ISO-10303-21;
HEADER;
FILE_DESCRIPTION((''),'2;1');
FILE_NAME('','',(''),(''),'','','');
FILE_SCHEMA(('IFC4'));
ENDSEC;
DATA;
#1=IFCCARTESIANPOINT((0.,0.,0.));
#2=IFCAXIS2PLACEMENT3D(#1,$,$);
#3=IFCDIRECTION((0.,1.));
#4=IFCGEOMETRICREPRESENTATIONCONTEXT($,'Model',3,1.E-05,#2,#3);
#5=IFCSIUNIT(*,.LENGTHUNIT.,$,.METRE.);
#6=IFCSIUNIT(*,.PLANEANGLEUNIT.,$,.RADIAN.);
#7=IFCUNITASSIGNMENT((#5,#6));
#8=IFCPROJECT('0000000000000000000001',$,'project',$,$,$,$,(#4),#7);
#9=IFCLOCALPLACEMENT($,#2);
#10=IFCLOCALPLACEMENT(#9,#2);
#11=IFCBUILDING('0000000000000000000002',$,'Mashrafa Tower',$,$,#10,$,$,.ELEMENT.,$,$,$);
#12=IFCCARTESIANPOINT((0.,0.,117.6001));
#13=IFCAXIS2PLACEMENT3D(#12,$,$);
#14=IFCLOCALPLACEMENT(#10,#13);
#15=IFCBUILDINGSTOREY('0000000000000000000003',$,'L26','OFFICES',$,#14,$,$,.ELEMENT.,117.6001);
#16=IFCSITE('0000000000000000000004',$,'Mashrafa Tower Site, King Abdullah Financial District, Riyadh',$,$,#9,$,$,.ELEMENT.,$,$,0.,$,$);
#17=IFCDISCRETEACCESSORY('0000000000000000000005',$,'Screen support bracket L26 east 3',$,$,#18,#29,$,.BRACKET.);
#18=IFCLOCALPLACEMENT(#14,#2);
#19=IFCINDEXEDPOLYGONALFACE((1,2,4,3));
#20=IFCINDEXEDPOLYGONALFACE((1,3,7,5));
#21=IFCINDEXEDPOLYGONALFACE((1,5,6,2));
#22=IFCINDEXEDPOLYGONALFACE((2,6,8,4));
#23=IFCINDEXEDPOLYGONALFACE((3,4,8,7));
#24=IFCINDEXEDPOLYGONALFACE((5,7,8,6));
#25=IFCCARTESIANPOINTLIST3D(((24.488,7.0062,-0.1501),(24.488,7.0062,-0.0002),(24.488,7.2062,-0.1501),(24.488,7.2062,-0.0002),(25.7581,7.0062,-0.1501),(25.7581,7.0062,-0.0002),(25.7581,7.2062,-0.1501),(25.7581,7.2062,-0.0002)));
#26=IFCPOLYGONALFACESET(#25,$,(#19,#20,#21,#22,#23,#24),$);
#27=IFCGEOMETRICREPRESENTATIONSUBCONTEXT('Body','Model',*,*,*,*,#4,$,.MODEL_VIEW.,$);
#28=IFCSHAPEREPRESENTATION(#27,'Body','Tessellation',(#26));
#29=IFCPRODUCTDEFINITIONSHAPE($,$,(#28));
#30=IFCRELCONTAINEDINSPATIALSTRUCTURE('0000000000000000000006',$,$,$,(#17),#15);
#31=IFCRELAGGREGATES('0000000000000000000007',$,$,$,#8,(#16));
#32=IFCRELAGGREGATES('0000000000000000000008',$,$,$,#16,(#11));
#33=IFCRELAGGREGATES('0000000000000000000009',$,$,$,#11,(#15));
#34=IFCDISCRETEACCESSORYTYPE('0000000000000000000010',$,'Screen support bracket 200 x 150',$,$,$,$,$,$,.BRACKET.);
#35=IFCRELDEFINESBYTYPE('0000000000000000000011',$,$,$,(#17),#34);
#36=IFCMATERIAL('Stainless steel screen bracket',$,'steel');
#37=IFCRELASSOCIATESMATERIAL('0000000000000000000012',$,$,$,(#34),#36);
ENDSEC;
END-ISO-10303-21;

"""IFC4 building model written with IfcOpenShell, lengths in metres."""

from ifc_helpers import new_model, si_unit, direction, frame, origin, origin_2d, place, context, subcontext, project, spatial, rectangle, extrude, source, transform, mapped, material, type_object, type_shapes, element, save


model = new_model("IFC4")

# Units and contexts
model_context = context("Model", 3, precision=1e-05, world=origin(), true_north=direction((0.0, 1.0)))
body_context = subcontext(model_context, "Body", "Model", "MODEL_VIEW")
ifc_project = project(units=[si_unit("LENGTHUNIT", "METRE"), si_unit("PLANEANGLEUNIT", "RADIAN")], contexts=[model_context])

# Site, building, storey
site_placement = place(None, origin())
site = spatial("IfcSite", under=ifc_project, at=site_placement, Name="Mashrafa Tower Site, King Abdullah Financial District, Riyadh", CompositionType="ELEMENT", RefElevation=0.0)
building_placement = place(site_placement, origin())
building = spatial("IfcBuilding", under=site, at=building_placement, Name="Mashrafa Tower", CompositionType="ELEMENT")
storey_placement = place(building_placement, frame((0.0, 0.0, 117.6001)))
storey = spatial("IfcBuildingStorey", under=building, at=storey_placement, Name="L26", Description="OFFICES", CompositionType="ELEMENT", Elevation=117.6001)

# Discrete accessory
ifc_material_1 = material(Name="Stainless steel screen bracket", Category="steel")
discrete_accessory_type = type_object("IfcDiscreteAccessoryType", Name="Screen support bracket 200 x 150", PredefinedType="BRACKET", material=ifc_material_1)
shared_shape_1 = source(origin(), body_context, "Body", "SweptSolid", [
    extrude(rectangle(XDim=0.2, YDim=1.27, at=origin_2d()), origin(), (0.0, 0.0, 1.0), 0.1499),
])
type_shapes(discrete_accessory_type, [shared_shape_1])
for number, where, z_axis, x_axis, name in (
    (1, (25.123, 7.1062, -0.1501), (0.0, 0.0, 1.0), (0.0, 1.0, 0.0), "Screen support bracket L26 east 3"),
):
    element("IfcDiscreteAccessory", number, at=place(storey_placement, frame(where, z_axis=z_axis, x_axis=x_axis)), inside=storey, type_object=discrete_accessory_type, Name=name, PredefinedType="BRACKET", context=body_context, shape_type="MappedRepresentation", body=[
        mapped(shared_shape_1, transform((0.0, 0.0, 0.0))),
    ])

save(model, "model.ifc")
